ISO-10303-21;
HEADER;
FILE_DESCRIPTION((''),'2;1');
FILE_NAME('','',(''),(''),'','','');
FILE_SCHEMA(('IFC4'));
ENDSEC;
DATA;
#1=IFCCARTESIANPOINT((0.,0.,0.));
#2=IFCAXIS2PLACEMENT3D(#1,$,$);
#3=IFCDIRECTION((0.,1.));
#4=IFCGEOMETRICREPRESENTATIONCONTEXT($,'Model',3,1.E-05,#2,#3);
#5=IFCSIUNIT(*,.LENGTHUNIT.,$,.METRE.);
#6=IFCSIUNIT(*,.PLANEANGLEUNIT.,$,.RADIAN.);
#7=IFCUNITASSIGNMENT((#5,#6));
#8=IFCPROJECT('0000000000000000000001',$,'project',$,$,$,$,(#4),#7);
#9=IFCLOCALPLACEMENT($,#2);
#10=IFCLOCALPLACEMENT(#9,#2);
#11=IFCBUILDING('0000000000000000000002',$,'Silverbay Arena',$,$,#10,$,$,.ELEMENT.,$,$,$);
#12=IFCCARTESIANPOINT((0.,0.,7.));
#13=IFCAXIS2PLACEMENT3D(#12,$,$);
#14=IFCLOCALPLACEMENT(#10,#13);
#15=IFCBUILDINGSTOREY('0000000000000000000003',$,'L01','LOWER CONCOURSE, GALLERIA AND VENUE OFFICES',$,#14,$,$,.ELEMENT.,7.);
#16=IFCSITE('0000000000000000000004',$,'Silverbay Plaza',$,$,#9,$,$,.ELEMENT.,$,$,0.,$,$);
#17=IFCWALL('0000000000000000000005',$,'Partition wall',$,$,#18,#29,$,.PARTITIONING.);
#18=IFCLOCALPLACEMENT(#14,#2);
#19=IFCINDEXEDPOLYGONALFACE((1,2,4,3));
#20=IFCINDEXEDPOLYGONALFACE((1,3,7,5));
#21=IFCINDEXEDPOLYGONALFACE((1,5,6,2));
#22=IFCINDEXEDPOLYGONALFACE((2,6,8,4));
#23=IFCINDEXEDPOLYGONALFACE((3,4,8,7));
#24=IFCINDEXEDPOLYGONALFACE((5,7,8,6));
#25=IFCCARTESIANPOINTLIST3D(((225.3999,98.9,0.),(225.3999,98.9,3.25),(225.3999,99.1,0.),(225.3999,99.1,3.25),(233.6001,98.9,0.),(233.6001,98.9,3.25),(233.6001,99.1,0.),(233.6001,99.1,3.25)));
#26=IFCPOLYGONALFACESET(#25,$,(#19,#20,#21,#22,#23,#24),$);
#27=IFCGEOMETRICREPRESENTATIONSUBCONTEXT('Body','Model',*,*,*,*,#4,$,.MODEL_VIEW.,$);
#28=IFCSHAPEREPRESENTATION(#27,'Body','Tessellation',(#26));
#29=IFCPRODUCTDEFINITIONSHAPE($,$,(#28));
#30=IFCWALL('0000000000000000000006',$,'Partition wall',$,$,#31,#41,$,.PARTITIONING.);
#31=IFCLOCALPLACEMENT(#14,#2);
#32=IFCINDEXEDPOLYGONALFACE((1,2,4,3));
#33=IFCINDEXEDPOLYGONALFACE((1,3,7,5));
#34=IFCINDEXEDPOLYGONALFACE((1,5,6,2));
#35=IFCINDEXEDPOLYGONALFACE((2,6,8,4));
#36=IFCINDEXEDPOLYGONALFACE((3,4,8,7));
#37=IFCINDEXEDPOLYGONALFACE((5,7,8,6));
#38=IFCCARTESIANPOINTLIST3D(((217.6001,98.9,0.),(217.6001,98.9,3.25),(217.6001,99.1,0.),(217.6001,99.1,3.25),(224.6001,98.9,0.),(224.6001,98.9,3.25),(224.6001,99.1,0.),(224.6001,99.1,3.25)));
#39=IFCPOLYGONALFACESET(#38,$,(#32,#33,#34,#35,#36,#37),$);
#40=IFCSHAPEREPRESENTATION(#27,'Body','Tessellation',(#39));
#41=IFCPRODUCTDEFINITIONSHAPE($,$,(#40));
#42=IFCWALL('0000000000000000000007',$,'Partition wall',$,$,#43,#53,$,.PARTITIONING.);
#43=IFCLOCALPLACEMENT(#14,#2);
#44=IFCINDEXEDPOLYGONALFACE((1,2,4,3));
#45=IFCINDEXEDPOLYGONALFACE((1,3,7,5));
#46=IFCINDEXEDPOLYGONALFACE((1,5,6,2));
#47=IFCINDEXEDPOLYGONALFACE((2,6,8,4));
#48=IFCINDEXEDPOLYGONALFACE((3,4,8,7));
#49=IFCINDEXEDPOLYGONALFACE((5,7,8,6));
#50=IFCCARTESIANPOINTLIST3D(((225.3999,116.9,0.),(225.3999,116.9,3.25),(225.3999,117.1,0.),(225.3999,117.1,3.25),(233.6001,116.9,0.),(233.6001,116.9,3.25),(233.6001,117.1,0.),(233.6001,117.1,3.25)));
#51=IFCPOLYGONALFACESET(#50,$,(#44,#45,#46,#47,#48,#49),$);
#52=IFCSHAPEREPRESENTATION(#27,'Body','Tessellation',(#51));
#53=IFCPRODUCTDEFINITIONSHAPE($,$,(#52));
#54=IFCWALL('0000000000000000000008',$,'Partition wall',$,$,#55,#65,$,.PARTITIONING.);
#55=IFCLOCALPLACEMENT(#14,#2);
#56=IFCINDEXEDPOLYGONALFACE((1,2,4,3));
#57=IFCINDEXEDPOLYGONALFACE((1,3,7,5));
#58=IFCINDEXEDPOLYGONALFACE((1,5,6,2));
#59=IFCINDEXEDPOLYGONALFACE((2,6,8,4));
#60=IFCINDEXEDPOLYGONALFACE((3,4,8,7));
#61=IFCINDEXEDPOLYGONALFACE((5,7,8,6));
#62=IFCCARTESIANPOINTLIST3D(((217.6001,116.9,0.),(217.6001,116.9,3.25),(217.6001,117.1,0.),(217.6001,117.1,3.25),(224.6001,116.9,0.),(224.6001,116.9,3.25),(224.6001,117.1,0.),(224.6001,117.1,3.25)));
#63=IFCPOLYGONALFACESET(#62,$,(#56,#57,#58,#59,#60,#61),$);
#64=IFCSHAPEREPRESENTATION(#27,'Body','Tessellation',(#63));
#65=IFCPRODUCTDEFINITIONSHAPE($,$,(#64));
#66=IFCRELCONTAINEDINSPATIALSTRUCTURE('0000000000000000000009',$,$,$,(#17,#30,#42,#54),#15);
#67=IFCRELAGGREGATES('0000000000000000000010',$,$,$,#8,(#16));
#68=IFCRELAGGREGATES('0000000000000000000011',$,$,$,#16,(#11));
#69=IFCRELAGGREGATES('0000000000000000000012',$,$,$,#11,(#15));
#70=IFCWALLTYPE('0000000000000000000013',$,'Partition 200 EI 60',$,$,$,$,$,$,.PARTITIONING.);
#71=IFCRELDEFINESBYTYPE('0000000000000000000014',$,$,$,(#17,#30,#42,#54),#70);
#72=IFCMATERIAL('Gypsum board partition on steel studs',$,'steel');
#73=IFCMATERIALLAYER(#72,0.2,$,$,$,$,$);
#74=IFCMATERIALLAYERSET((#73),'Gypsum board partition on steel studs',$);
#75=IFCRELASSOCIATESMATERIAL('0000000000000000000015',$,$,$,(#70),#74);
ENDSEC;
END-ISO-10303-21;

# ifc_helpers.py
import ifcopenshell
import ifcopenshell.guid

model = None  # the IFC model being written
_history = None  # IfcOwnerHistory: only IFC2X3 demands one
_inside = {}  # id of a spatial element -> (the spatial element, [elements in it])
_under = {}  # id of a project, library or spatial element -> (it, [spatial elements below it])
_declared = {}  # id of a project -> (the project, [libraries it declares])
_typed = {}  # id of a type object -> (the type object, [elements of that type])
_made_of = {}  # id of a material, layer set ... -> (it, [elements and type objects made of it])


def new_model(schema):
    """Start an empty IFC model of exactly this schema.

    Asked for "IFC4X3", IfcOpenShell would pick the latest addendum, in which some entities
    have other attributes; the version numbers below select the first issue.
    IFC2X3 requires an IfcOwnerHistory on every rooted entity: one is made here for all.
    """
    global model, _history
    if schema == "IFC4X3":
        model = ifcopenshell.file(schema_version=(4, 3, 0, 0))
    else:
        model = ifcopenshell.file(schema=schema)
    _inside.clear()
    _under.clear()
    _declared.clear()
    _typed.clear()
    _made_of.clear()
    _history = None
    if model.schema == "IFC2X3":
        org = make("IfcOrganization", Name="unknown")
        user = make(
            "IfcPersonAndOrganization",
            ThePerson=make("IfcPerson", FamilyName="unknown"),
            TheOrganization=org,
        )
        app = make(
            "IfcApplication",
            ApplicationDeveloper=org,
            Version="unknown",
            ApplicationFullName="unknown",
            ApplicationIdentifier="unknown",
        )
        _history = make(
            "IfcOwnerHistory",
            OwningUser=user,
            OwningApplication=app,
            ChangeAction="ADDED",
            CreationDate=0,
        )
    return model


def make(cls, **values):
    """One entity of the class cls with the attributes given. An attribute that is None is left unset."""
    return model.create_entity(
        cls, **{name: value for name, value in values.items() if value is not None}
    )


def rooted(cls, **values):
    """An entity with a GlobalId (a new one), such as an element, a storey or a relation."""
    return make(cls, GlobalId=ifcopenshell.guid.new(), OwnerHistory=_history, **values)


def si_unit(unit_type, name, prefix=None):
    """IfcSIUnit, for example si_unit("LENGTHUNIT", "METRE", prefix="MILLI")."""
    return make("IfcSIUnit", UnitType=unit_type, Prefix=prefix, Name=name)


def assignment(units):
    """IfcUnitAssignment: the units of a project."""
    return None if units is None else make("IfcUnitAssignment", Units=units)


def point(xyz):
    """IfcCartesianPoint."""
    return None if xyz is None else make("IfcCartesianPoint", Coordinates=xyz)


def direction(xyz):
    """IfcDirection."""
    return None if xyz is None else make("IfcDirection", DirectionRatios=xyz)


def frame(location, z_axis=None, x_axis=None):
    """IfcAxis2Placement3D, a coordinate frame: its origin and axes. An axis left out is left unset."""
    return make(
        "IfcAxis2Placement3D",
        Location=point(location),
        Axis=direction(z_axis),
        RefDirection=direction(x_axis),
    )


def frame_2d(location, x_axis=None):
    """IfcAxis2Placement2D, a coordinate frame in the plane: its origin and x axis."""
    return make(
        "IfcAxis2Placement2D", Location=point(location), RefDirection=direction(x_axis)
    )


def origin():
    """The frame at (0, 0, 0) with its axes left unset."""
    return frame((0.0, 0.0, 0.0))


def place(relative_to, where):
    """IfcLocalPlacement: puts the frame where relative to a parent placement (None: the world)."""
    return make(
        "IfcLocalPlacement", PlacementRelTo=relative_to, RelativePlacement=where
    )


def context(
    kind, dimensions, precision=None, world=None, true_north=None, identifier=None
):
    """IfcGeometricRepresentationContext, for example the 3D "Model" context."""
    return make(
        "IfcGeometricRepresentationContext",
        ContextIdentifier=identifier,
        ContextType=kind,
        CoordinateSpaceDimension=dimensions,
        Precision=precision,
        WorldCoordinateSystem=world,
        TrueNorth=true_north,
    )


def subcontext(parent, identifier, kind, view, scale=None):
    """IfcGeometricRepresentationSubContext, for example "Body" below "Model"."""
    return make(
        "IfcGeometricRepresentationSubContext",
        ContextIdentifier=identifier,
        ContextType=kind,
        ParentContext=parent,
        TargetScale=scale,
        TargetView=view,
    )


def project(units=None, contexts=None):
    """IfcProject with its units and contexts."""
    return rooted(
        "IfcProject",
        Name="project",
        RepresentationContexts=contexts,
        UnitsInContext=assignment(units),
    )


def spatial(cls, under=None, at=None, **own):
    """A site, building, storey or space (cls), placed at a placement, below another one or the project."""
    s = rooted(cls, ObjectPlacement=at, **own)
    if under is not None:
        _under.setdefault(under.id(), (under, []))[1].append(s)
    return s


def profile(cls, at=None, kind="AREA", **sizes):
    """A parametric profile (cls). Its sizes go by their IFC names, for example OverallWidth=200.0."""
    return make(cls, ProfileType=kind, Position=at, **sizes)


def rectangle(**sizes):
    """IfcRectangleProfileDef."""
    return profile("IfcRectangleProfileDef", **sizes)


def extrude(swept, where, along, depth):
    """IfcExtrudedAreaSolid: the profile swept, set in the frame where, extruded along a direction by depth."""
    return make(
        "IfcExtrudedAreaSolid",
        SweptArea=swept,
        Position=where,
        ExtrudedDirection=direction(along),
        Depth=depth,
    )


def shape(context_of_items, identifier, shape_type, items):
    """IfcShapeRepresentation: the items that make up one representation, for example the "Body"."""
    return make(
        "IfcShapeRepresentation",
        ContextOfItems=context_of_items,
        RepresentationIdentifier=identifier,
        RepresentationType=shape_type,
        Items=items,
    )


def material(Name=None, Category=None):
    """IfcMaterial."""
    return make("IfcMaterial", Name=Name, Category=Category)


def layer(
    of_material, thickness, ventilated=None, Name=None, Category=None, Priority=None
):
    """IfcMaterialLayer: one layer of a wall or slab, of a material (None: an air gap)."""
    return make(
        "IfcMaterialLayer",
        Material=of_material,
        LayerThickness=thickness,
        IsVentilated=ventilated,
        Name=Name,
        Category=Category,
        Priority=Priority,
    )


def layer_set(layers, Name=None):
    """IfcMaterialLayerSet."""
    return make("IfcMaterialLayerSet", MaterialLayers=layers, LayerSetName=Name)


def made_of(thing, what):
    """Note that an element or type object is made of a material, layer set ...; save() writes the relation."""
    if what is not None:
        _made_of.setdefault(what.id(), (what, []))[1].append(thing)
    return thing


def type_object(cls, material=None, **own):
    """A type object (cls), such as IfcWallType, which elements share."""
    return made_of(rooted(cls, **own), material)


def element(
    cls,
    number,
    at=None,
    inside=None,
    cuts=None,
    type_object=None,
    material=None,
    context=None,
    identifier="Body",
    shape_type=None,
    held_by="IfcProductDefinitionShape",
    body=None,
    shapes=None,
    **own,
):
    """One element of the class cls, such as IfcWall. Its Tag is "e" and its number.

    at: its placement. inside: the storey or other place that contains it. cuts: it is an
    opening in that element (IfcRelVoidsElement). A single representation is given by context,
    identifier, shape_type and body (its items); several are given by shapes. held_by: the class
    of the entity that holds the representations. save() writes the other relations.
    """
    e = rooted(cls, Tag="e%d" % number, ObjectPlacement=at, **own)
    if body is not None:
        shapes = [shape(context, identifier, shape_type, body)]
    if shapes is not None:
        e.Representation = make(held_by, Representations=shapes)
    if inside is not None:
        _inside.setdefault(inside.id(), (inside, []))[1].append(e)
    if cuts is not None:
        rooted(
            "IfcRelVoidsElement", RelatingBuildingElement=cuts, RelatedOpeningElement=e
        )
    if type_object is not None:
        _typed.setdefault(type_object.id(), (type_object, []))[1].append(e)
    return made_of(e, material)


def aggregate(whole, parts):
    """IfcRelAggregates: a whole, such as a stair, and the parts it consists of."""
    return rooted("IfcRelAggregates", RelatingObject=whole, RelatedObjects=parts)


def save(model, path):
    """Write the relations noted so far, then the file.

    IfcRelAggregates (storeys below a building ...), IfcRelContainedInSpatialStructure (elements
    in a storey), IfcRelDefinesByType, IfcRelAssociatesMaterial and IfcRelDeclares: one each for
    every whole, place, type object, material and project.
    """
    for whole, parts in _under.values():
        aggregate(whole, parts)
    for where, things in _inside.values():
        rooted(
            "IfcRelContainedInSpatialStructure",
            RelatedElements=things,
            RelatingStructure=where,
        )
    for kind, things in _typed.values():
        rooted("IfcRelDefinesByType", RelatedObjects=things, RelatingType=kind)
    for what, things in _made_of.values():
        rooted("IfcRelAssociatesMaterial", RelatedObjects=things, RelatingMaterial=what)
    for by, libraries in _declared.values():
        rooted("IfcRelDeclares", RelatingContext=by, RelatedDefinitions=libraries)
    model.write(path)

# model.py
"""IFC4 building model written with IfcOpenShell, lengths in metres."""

from ifc_helpers import new_model, si_unit, direction, frame, frame_2d, origin, place, context, subcontext, project, spatial, rectangle, extrude, material, layer, layer_set, type_object, element, save


model = new_model("IFC4")

# Units and contexts
model_context = context("Model", 3, precision=1e-05, world=origin(), true_north=direction((0.0, 1.0)))
body_context = subcontext(model_context, "Body", "Model", "MODEL_VIEW")
ifc_project = project(units=[si_unit("LENGTHUNIT", "METRE"), si_unit("PLANEANGLEUNIT", "RADIAN")], contexts=[model_context])

# Site, building, storey
site_placement = place(None, origin())
site = spatial("IfcSite", under=ifc_project, at=site_placement, Name="Silverbay Plaza", CompositionType="ELEMENT", RefElevation=0.0)
building_placement = place(site_placement, origin())
building = spatial("IfcBuilding", under=site, at=building_placement, Name="Silverbay Arena", CompositionType="ELEMENT")
storey_placement = place(building_placement, frame((0.0, 0.0, 7.0)))
storey = spatial("IfcBuildingStorey", under=building, at=storey_placement, Name="L01", Description="LOWER CONCOURSE, GALLERIA AND VENUE OFFICES", CompositionType="ELEMENT", Elevation=7.0)

# Walls
ifc_material_1 = material(Name="Gypsum board partition on steel studs", Category="steel")
ifc_layer_1 = layer(ifc_material_1, 0.2)
ifc_layer_set_1 = layer_set([ifc_layer_1], Name="Gypsum board partition on steel studs")
wall_type_1 = type_object("IfcWallType", Name="Partition 200 EI 60", PredefinedType="PARTITIONING", material=ifc_layer_set_1)
wall_1_placement = place(storey_placement, frame((225.3999, 99.0, 0.0), z_axis=(0.0, 0.0, 1.0), x_axis=(1.0, 0.0, 0.0)))
element("IfcWall", 1, at=wall_1_placement, inside=storey, type_object=wall_type_1, Name="Partition wall", PredefinedType="PARTITIONING", context=body_context, shape_type="SweptSolid", body=[
    extrude(rectangle(XDim=8.2002, YDim=0.2, at=frame_2d((4.1001, 0.0))), origin(), (0.0, 0.0, 1.0), 3.25),
])
wall_2_placement = place(storey_placement, frame((217.6001, 99.0, 0.0), z_axis=(0.0, 0.0, 1.0), x_axis=(1.0, 0.0, 0.0)))
element("IfcWall", 2, at=wall_2_placement, inside=storey, type_object=wall_type_1, Name="Partition wall", PredefinedType="PARTITIONING", context=body_context, shape_type="SweptSolid", body=[
    extrude(rectangle(XDim=7.0, YDim=0.2, at=frame_2d((3.5, 0.0))), origin(), (0.0, 0.0, 1.0), 3.25),
])
wall_3_placement = place(storey_placement, frame((225.3999, 117.0, 0.0), z_axis=(0.0, 0.0, 1.0), x_axis=(1.0, 0.0, 0.0)))
element("IfcWall", 3, at=wall_3_placement, inside=storey, type_object=wall_type_1, Name="Partition wall", PredefinedType="PARTITIONING", context=body_context, shape_type="SweptSolid", body=[
    extrude(rectangle(XDim=8.2002, YDim=0.2, at=frame_2d((4.1001, 0.0))), origin(), (0.0, 0.0, 1.0), 3.25),
])
wall_4_placement = place(storey_placement, frame((217.6001, 117.0, 0.0), z_axis=(0.0, 0.0, 1.0), x_axis=(1.0, 0.0, 0.0)))
element("IfcWall", 4, at=wall_4_placement, inside=storey, type_object=wall_type_1, Name="Partition wall", PredefinedType="PARTITIONING", context=body_context, shape_type="SweptSolid", body=[
    extrude(rectangle(XDim=7.0, YDim=0.2, at=frame_2d((3.5, 0.0))), origin(), (0.0, 0.0, 1.0), 3.25),
])

save(model, "model.ifc")
